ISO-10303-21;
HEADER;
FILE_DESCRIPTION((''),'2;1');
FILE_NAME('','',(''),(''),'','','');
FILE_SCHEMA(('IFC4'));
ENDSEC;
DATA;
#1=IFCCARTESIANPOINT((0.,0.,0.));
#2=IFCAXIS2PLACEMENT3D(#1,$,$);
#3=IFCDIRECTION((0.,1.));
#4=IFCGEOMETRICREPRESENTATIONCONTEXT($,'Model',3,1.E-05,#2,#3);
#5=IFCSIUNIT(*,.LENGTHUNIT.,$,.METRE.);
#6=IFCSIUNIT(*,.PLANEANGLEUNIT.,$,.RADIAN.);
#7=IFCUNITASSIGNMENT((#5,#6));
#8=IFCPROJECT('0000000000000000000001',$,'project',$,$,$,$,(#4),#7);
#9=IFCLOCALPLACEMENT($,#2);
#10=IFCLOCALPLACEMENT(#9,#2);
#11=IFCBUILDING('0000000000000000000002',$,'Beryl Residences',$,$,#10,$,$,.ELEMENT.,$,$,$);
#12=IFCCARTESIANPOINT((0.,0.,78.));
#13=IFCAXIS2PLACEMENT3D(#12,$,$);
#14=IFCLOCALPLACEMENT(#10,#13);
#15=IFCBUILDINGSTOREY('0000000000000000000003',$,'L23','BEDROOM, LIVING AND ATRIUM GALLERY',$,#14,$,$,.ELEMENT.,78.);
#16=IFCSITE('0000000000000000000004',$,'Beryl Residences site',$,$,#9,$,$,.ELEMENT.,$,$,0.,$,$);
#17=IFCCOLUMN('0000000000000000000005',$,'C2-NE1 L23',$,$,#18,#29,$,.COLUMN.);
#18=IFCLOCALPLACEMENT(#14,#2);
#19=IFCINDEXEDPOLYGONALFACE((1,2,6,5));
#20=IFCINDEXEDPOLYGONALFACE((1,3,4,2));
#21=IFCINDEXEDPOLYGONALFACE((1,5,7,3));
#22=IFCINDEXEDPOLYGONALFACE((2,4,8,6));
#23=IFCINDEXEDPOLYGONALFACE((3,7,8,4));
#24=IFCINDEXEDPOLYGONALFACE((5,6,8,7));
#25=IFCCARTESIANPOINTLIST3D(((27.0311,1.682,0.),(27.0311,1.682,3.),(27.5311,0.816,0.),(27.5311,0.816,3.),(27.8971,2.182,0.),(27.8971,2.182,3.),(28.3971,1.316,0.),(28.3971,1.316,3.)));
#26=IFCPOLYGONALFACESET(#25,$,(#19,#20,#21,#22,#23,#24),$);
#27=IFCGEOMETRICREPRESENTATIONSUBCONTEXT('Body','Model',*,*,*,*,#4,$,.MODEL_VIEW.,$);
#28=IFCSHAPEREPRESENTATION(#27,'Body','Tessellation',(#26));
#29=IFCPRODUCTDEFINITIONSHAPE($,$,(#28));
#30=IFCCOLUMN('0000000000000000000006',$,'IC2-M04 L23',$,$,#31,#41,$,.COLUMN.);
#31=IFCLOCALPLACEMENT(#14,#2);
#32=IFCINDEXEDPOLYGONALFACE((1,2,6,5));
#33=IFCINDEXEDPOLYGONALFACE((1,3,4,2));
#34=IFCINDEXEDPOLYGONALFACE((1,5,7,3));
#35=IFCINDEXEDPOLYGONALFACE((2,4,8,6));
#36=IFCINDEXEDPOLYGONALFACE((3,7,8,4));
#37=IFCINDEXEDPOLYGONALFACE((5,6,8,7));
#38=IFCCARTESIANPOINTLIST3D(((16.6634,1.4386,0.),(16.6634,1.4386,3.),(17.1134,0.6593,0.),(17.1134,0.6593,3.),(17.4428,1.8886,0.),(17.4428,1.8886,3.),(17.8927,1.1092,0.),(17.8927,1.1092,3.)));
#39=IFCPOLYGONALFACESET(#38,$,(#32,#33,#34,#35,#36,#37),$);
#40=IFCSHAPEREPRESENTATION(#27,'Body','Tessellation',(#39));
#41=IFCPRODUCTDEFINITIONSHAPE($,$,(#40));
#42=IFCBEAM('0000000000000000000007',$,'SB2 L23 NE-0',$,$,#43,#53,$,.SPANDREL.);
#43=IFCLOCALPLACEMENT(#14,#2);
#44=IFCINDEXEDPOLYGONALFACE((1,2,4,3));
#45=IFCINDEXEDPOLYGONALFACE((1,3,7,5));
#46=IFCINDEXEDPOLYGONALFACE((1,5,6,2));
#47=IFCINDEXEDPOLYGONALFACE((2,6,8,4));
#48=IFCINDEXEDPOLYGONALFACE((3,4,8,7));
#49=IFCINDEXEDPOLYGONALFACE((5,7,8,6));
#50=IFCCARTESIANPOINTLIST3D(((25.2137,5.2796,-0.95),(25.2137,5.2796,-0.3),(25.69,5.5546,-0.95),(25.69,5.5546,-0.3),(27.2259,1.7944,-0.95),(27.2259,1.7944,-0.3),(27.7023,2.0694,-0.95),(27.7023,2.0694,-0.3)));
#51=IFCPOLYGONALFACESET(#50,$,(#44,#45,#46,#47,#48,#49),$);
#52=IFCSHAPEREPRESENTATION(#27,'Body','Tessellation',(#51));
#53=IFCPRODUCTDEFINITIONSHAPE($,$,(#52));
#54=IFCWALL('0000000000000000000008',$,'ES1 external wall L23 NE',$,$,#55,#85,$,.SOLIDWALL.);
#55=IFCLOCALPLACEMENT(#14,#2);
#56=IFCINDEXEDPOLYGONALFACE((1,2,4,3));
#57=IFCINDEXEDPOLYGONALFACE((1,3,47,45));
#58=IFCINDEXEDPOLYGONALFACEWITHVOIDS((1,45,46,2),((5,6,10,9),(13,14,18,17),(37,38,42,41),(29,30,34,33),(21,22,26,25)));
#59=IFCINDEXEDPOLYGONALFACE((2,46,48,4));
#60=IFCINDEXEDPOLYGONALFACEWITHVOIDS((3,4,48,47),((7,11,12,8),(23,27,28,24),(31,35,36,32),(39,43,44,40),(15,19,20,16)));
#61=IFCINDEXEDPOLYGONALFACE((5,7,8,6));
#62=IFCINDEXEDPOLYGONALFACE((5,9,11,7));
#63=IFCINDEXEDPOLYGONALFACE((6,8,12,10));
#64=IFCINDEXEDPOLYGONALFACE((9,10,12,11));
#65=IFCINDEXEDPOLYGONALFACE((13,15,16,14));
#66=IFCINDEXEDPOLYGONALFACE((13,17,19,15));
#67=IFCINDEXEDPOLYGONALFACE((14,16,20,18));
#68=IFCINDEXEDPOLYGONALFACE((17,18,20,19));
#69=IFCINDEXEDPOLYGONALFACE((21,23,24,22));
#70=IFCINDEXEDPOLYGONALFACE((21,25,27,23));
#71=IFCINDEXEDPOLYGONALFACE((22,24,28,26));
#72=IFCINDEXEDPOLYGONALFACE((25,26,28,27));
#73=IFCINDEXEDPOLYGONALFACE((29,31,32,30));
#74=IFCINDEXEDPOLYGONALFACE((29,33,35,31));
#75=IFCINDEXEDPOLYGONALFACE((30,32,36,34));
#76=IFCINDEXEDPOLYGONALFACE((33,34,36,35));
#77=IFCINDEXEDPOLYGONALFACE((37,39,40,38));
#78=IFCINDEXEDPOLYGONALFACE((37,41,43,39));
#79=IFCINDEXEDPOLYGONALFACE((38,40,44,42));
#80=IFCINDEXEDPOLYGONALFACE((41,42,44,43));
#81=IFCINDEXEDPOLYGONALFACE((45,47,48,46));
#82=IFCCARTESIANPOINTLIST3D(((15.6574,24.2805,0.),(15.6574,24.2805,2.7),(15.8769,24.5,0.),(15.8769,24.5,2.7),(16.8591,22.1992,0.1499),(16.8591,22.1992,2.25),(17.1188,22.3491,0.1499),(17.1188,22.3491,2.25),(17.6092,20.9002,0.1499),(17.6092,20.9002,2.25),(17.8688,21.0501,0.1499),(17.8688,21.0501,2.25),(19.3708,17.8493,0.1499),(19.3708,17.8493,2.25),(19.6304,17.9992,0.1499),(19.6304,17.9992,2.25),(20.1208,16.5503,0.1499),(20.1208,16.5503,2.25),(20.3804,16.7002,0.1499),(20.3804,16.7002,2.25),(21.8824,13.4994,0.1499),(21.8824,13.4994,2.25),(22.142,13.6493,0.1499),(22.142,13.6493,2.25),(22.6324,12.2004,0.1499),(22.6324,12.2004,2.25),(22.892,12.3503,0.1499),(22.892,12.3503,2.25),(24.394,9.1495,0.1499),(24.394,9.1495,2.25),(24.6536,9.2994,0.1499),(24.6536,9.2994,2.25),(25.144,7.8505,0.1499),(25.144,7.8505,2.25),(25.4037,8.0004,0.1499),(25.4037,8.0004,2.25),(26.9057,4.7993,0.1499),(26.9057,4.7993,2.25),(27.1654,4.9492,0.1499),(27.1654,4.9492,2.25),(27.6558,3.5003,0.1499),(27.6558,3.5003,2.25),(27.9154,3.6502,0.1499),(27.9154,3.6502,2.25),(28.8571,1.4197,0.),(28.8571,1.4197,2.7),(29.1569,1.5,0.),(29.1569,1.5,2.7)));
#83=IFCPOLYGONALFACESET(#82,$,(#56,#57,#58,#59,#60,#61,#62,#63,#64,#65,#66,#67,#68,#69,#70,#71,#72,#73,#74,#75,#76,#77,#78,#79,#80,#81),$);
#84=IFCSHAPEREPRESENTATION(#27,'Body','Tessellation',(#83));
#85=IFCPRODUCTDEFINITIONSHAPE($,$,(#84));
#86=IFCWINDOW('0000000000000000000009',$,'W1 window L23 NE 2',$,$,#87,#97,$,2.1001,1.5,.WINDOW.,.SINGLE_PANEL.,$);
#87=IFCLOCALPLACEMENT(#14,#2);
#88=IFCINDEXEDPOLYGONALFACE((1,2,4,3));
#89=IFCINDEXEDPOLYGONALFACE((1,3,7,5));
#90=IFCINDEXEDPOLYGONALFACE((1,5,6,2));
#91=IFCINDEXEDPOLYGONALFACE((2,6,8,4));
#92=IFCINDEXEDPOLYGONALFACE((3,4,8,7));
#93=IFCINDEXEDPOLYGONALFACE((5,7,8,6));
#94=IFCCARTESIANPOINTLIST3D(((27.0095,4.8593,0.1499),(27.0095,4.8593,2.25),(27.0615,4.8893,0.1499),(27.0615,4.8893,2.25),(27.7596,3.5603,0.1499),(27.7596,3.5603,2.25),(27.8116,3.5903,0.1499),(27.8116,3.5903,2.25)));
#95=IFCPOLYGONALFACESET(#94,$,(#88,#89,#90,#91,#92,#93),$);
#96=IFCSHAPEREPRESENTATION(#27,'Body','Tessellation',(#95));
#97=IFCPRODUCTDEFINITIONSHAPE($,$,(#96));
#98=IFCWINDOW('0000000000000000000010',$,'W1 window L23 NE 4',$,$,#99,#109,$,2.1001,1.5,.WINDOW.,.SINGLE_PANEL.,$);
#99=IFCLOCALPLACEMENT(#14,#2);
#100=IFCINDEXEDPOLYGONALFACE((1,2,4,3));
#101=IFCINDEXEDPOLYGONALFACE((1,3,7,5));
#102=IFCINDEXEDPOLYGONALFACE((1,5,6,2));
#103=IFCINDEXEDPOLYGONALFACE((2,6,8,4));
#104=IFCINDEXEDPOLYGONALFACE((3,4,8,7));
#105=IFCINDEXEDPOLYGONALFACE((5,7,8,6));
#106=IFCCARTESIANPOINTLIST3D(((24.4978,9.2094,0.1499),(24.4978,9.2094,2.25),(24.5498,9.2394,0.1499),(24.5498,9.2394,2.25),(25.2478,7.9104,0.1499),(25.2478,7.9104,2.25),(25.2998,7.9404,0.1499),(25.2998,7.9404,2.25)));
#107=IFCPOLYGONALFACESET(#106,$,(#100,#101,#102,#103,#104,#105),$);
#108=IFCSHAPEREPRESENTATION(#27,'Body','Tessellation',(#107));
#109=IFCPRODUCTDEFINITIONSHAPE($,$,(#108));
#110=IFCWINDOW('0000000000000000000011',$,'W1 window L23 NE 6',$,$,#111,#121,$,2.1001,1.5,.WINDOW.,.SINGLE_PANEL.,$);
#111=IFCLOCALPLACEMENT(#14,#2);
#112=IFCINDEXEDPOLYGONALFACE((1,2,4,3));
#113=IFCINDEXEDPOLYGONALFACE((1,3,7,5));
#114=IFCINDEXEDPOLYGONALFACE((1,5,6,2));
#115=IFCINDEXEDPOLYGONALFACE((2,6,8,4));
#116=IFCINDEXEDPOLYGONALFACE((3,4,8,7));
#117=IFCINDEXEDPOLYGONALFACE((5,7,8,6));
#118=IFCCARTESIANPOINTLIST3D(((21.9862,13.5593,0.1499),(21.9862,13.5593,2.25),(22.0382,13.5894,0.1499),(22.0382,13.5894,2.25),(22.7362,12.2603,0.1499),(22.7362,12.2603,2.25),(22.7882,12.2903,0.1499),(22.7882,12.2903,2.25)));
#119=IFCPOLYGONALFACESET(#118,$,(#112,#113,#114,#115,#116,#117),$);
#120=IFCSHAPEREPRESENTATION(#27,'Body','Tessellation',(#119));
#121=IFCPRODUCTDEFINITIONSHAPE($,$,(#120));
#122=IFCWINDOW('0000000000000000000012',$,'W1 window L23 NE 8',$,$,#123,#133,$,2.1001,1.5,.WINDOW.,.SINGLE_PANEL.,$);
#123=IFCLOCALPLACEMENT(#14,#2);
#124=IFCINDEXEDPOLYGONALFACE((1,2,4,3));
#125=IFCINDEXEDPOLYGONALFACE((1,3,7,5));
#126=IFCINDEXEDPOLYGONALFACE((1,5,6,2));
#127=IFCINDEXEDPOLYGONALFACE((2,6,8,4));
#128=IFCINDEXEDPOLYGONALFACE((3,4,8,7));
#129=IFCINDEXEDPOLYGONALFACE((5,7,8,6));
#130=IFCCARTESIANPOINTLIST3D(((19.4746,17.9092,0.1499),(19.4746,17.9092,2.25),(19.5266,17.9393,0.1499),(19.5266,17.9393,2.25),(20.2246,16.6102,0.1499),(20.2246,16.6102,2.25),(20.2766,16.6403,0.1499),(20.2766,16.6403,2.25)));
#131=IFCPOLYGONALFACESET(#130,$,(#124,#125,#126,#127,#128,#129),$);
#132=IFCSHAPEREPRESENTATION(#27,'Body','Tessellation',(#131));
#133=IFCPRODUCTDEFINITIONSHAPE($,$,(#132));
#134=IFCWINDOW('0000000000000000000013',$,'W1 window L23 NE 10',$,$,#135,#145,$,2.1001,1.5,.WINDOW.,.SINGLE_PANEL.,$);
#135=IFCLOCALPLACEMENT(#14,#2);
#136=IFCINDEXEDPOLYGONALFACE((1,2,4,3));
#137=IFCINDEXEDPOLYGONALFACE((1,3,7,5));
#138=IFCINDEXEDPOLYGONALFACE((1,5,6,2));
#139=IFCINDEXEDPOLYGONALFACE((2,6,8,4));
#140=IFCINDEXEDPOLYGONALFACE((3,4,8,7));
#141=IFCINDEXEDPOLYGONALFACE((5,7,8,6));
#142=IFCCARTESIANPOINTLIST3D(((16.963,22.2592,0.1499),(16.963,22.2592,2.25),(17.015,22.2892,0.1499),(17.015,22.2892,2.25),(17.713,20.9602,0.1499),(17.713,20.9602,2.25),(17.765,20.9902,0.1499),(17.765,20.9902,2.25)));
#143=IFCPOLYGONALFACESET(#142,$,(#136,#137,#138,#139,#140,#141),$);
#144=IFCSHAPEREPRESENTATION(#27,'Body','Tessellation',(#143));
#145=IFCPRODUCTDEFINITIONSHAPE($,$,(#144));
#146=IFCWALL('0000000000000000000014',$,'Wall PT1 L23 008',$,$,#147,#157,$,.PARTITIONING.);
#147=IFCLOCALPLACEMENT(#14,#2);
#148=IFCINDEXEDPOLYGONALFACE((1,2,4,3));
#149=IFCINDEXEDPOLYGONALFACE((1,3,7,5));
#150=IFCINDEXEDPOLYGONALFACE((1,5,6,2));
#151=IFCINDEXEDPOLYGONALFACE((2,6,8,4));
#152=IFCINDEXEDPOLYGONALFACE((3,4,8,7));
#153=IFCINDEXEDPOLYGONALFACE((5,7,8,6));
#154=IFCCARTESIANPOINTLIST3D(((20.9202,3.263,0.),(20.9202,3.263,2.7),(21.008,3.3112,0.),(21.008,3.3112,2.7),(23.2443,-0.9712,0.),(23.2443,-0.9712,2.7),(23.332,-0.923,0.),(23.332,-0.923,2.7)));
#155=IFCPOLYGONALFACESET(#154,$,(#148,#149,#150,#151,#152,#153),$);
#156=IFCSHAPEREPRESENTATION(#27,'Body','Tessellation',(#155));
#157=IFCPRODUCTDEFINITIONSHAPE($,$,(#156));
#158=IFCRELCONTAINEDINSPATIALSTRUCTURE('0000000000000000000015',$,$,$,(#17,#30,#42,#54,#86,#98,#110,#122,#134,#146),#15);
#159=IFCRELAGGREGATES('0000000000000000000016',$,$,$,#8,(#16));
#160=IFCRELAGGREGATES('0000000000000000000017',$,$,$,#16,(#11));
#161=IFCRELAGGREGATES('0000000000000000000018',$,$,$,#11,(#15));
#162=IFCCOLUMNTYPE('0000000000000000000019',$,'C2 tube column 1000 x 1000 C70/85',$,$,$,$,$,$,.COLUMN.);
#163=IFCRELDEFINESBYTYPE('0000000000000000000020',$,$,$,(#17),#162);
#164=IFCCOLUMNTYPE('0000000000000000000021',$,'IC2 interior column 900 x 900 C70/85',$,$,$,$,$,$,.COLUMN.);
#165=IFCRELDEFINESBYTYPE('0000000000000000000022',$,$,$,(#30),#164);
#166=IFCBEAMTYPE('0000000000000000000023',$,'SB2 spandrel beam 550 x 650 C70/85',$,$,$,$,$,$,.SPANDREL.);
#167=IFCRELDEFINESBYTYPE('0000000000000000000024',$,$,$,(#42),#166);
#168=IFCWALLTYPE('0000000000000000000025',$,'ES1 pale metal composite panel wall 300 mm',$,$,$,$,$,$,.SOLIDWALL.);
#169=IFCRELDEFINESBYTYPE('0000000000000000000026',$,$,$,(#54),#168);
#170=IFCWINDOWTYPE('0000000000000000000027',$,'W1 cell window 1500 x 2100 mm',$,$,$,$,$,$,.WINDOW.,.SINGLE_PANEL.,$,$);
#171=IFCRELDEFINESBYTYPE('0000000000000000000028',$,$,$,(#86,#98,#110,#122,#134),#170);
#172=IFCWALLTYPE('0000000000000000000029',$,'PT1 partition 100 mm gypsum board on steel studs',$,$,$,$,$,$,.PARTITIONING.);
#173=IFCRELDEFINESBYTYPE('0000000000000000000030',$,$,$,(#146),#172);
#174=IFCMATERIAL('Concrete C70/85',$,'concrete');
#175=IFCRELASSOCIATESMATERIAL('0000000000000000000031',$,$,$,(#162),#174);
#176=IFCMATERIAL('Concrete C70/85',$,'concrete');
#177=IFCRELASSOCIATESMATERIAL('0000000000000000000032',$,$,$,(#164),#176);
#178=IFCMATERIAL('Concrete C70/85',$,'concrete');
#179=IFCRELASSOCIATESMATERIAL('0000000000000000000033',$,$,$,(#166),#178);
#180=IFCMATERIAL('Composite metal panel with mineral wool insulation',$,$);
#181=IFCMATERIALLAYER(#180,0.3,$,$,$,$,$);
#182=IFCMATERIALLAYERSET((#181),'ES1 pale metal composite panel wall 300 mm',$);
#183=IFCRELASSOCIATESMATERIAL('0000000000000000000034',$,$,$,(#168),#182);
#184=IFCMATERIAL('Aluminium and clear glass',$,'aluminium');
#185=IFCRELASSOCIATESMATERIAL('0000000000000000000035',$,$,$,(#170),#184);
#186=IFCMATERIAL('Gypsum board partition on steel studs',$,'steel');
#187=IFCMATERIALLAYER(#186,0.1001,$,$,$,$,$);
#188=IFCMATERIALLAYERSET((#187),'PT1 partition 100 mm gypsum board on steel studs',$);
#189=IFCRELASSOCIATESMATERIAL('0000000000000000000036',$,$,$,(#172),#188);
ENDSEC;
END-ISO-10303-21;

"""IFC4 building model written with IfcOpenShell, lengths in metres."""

from ifc_helpers import new_model, si_unit, direction, frame, frame_2d, origin, origin_2d, place, context, subcontext, project, spatial, polyline, rectangle, outline, extrude, material, layer, layer_set, material_profile, profile_set, type_object, element, fill, save


model = new_model("IFC4")

# Units and contexts
model_context = context("Model", 3, precision=1e-05, world=origin(), true_north=direction((0.0, 1.0)))
body_context = subcontext(model_context, "Body", "Model", "MODEL_VIEW")
ifc_project = project(units=[si_unit("LENGTHUNIT", "METRE"), si_unit("PLANEANGLEUNIT", "RADIAN")], contexts=[model_context])

# Site, building, storey
site_placement = place(None, origin())
site = spatial("IfcSite", under=ifc_project, at=site_placement, Name="Beryl Residences site", CompositionType="ELEMENT", RefElevation=0.0)
building_placement = place(site_placement, origin())
building = spatial("IfcBuilding", under=site, at=building_placement, Name="Beryl Residences", CompositionType="ELEMENT")
storey_placement = place(building_placement, frame((0.0, 0.0, 78.0)))
storey = spatial("IfcBuildingStorey", under=building, at=storey_placement, Name="L23", Description="BEDROOM, LIVING AND ATRIUM GALLERY", CompositionType="ELEMENT", Elevation=78.0)

# Columns
ifc_material_1 = material(Name="Concrete C70/85", Category="concrete")
ifc_material_profile_1 = material_profile(ifc_material_1, rectangle(XDim=1.0, YDim=1.0, at=origin_2d()))
ifc_profile_set_1 = profile_set([ifc_material_profile_1], Name="Concrete C70/85")
column_type_1 = type_object("IfcColumnType", Name="C2 tube column 1000 x 1000 C70/85", PredefinedType="COLUMN", material=ifc_profile_set_1)
column_1_placement = place(storey_placement, frame((27.7141, 1.499, 0.0), z_axis=(0.0, 0.0, 1.0), x_axis=(-0.5, 0.866025, 0.0)))
element("IfcColumn", 1, at=column_1_placement, inside=storey, type_object=column_type_1, Name="C2-NE1 L23", PredefinedType="COLUMN", context=body_context, shape_type="SweptSolid", body=[
    extrude(rectangle(XDim=1.0, YDim=1.0, at=origin_2d()), origin(), (0.0, 0.0, 1.0), 3.0),
])
ifc_material_2 = material(Name="Concrete C70/85", Category="concrete")
ifc_material_profile_2 = material_profile(ifc_material_2, rectangle(XDim=0.8999, YDim=0.8999, at=origin_2d()))
ifc_profile_set_2 = profile_set([ifc_material_profile_2], Name="Concrete C70/85")
column_type_2 = type_object("IfcColumnType", Name="IC2 interior column 900 x 900 C70/85", PredefinedType="COLUMN", material=ifc_profile_set_2)
column_2_placement = place(storey_placement, frame((17.2781, 1.2739, 0.0), z_axis=(0.0, 0.0, 1.0), x_axis=(-0.5, 0.866025, 0.0)))
element("IfcColumn", 2, at=column_2_placement, inside=storey, type_object=column_type_2, Name="IC2-M04 L23", PredefinedType="COLUMN", context=body_context, shape_type="SweptSolid", body=[
    extrude(rectangle(XDim=0.8999, YDim=0.8999, at=origin_2d()), origin(), (0.0, 0.0, 1.0), 3.0),
])

# Beam
ifc_material_3 = material(Name="Concrete C70/85", Category="concrete")
ifc_material_profile_3 = material_profile(ifc_material_3, rectangle(XDim=0.55, YDim=0.6499, at=origin_2d()))
ifc_profile_set_3 = profile_set([ifc_material_profile_3], Name="Concrete C70/85")
beam_type = type_object("IfcBeamType", Name="SB2 spandrel beam 550 x 650 C70/85", PredefinedType="SPANDREL", material=ifc_profile_set_3)
beam_placement = place(storey_placement, frame((27.4641, 1.9319, -0.625), z_axis=(-0.500015, 0.866017, 0.0), x_axis=(-0.866017, -0.500015, 0.0)))
element("IfcBeam", 3, at=beam_placement, inside=storey, type_object=beam_type, Name="SB2 L23 NE-0", PredefinedType="SPANDREL", context=body_context, shape_type="SweptSolid", body=[
    extrude(rectangle(XDim=0.55, YDim=0.6499, at=origin_2d()), origin(), (0.0, 0.0, 1.0), 4.0244),
])

# Wall, openings, windows
ifc_material_4 = material(Name="Composite metal panel with mineral wool insulation")
ifc_layer_1 = layer(ifc_material_4, 0.3)
ifc_layer_set_1 = layer_set([ifc_layer_1], Name="ES1 pale metal composite panel wall 300 mm")
wall_type_1 = type_object("IfcWallType", Name="ES1 pale metal composite panel wall 300 mm", PredefinedType="SOLIDWALL", material=ifc_layer_set_1)
wall_1_placement = place(storey_placement, frame((29.0271, 1.425, 0.0), z_axis=(0.0, 0.0, 1.0), x_axis=(-0.500027, 0.86601, 0.0)))
wall_1 = element("IfcWall", 4, at=wall_1_placement, inside=storey, type_object=wall_type_1, Name="ES1 external wall L23 NE", PredefinedType="SOLIDWALL", context=body_context, shape_type="SweptSolid", body=[
    extrude(outline(polyline([(0.0, -0.1499), (26.5586, -0.1499), (26.4783, 0.1499), (0.0803, 0.1499), (0.0, -0.1499)])), origin(), (0.0, 0.0, 1.0), 2.7),
])
opening_1_placement = place(wall_1_placement, frame((2.4829, 0.0, 0.1499)))
opening_1 = element("IfcOpeningElement", 5, at=opening_1_placement, cuts=wall_1, PredefinedType="OPENING", context=body_context, shape_type="SweptSolid", body=[
    extrude(rectangle(XDim=1.5, YDim=2.1001, at=frame_2d((0.75, 1.05))), frame((0.0, 0.1599, 0.0), z_axis=(0.0, -1.0, 0.0), x_axis=(1.0, 0.0, 0.0)), (0.0, 0.0, 1.0), 0.3201),
])
opening_2_placement = place(wall_1_placement, frame((7.5061, 0.0, 0.1499)))
opening_2 = element("IfcOpeningElement", 6, at=opening_2_placement, cuts=wall_1, PredefinedType="OPENING", context=body_context, shape_type="SweptSolid", body=[
    extrude(rectangle(XDim=1.5, YDim=2.1001, at=frame_2d((0.75, 1.05))), frame((0.0, 0.1599, 0.0), z_axis=(0.0, -1.0, 0.0), x_axis=(1.0, 0.0, 0.0)), (0.0, 0.0, 1.0), 0.3201),
])
opening_3_placement = place(wall_1_placement, frame((12.5291, 0.0, 0.1499)))
opening_3 = element("IfcOpeningElement", 7, at=opening_3_placement, cuts=wall_1, PredefinedType="OPENING", context=body_context, shape_type="SweptSolid", body=[
    extrude(rectangle(XDim=1.5, YDim=2.1001, at=frame_2d((0.75, 1.05))), frame((0.0, 0.1599, 0.0), z_axis=(0.0, -1.0, 0.0), x_axis=(1.0, 0.0, 0.0)), (0.0, 0.0, 1.0), 0.3201),
])
opening_4_placement = place(wall_1_placement, frame((17.552, 0.0, 0.1499)))
opening_4 = element("IfcOpeningElement", 8, at=opening_4_placement, cuts=wall_1, PredefinedType="OPENING", context=body_context, shape_type="SweptSolid", body=[
    extrude(rectangle(XDim=1.5, YDim=2.1001, at=frame_2d((0.75, 1.05))), frame((0.0, 0.1599, 0.0), z_axis=(0.0, -1.0, 0.0), x_axis=(1.0, 0.0, 0.0)), (0.0, 0.0, 1.0), 0.3201),
])
opening_5_placement = place(wall_1_placement, frame((22.575, 0.0, 0.1499)))
opening_5 = element("IfcOpeningElement", 9, at=opening_5_placement, cuts=wall_1, PredefinedType="OPENING", context=body_context, shape_type="SweptSolid", body=[
    extrude(rectangle(XDim=1.5, YDim=2.1001, at=frame_2d((0.75, 1.05))), frame((0.0, 0.1599, 0.0), z_axis=(0.0, -1.0, 0.0), x_axis=(1.0, 0.0, 0.0)), (0.0, 0.0, 1.0), 0.3201),
])
ifc_material_5 = material(Name="Aluminium and clear glass", Category="aluminium")
window_type = type_object("IfcWindowType", Name="W1 cell window 1500 x 2100 mm", PartitioningType="SINGLE_PANEL", PredefinedType="WINDOW", material=ifc_material_5)
window_1_placement = place(opening_1_placement, origin())
window_1 = element("IfcWindow", 10, at=window_1_placement, inside=storey, type_object=window_type, Name="W1 window L23 NE 2", OverallHeight=2.1001, OverallWidth=1.5, PartitioningType="SINGLE_PANEL", PredefinedType="WINDOW", context=body_context, shape_type="SweptSolid", body=[
    extrude(rectangle(XDim=1.5, YDim=2.1001, at=frame_2d((0.75, 1.05))), frame((0.0, 0.03, 0.0), z_axis=(0.0, -1.0, 0.0), x_axis=(1.0, 0.0, 0.0)), (0.0, 0.0, 1.0), 0.0601),
])
fill(opening_1, window_1)
window_2_placement = place(opening_2_placement, origin())
window_2 = element("IfcWindow", 11, at=window_2_placement, inside=storey, type_object=window_type, Name="W1 window L23 NE 4", OverallHeight=2.1001, OverallWidth=1.5, PartitioningType="SINGLE_PANEL", PredefinedType="WINDOW", context=body_context, shape_type="SweptSolid", body=[
    extrude(rectangle(XDim=1.5, YDim=2.1001, at=frame_2d((0.75, 1.05))), frame((0.0, 0.03, 0.0), z_axis=(0.0, -1.0, 0.0), x_axis=(1.0, 0.0, 0.0)), (0.0, 0.0, 1.0), 0.0601),
])
fill(opening_2, window_2)
window_3_placement = place(opening_3_placement, origin())
window_3 = element("IfcWindow", 12, at=window_3_placement, inside=storey, type_object=window_type, Name="W1 window L23 NE 6", OverallHeight=2.1001, OverallWidth=1.5, PartitioningType="SINGLE_PANEL", PredefinedType="WINDOW", context=body_context, shape_type="SweptSolid", body=[
    extrude(rectangle(XDim=1.5, YDim=2.1001, at=frame_2d((0.75, 1.05))), frame((0.0, 0.03, 0.0), z_axis=(0.0, -1.0, 0.0), x_axis=(1.0, 0.0, 0.0)), (0.0, 0.0, 1.0), 0.0601),
])
fill(opening_3, window_3)
window_4_placement = place(opening_4_placement, origin())
window_4 = element("IfcWindow", 13, at=window_4_placement, inside=storey, type_object=window_type, Name="W1 window L23 NE 8", OverallHeight=2.1001, OverallWidth=1.5, PartitioningType="SINGLE_PANEL", PredefinedType="WINDOW", context=body_context, shape_type="SweptSolid", body=[
    extrude(rectangle(XDim=1.5, YDim=2.1001, at=frame_2d((0.75, 1.05))), frame((0.0, 0.03, 0.0), z_axis=(0.0, -1.0, 0.0), x_axis=(1.0, 0.0, 0.0)), (0.0, 0.0, 1.0), 0.0601),
])
fill(opening_4, window_4)
window_5_placement = place(opening_5_placement, origin())
window_5 = element("IfcWindow", 14, at=window_5_placement, inside=storey, type_object=window_type, Name="W1 window L23 NE 10", OverallHeight=2.1001, OverallWidth=1.5, PartitioningType="SINGLE_PANEL", PredefinedType="WINDOW", context=body_context, shape_type="SweptSolid", body=[
    extrude(rectangle(XDim=1.5, YDim=2.1001, at=frame_2d((0.75, 1.05))), frame((0.0, 0.03, 0.0), z_axis=(0.0, -1.0, 0.0), x_axis=(1.0, 0.0, 0.0)), (0.0, 0.0, 1.0), 0.0601),
])
fill(opening_5, window_5)

# Wall
ifc_material_6 = material(Name="Gypsum board partition on steel studs", Category="steel")
ifc_layer_2 = layer(ifc_material_6, 0.1001)
ifc_layer_set_2 = layer_set([ifc_layer_2], Name="PT1 partition 100 mm gypsum board on steel studs")
wall_type_2 = type_object("IfcWallType", Name="PT1 partition 100 mm gypsum board on steel studs", PredefinedType="PARTITIONING", material=ifc_layer_set_2)
wall_2_placement = place(storey_placement, frame((20.9641, 3.2871, 0.0), z_axis=(0.0, 0.0, 1.0), x_axis=(0.481156, -0.876635, 0.0)))
element("IfcWall", 15, at=wall_2_placement, inside=storey, type_object=wall_type_2, Name="Wall PT1 L23 008", PredefinedType="PARTITIONING", context=body_context, shape_type="SweptSolid", body=[
    extrude(rectangle(XDim=4.8301, YDim=0.1001, at=frame_2d((2.415, 0.0))), origin(), (0.0, 0.0, 1.0), 2.7),
])

save(model, "model.ifc")
